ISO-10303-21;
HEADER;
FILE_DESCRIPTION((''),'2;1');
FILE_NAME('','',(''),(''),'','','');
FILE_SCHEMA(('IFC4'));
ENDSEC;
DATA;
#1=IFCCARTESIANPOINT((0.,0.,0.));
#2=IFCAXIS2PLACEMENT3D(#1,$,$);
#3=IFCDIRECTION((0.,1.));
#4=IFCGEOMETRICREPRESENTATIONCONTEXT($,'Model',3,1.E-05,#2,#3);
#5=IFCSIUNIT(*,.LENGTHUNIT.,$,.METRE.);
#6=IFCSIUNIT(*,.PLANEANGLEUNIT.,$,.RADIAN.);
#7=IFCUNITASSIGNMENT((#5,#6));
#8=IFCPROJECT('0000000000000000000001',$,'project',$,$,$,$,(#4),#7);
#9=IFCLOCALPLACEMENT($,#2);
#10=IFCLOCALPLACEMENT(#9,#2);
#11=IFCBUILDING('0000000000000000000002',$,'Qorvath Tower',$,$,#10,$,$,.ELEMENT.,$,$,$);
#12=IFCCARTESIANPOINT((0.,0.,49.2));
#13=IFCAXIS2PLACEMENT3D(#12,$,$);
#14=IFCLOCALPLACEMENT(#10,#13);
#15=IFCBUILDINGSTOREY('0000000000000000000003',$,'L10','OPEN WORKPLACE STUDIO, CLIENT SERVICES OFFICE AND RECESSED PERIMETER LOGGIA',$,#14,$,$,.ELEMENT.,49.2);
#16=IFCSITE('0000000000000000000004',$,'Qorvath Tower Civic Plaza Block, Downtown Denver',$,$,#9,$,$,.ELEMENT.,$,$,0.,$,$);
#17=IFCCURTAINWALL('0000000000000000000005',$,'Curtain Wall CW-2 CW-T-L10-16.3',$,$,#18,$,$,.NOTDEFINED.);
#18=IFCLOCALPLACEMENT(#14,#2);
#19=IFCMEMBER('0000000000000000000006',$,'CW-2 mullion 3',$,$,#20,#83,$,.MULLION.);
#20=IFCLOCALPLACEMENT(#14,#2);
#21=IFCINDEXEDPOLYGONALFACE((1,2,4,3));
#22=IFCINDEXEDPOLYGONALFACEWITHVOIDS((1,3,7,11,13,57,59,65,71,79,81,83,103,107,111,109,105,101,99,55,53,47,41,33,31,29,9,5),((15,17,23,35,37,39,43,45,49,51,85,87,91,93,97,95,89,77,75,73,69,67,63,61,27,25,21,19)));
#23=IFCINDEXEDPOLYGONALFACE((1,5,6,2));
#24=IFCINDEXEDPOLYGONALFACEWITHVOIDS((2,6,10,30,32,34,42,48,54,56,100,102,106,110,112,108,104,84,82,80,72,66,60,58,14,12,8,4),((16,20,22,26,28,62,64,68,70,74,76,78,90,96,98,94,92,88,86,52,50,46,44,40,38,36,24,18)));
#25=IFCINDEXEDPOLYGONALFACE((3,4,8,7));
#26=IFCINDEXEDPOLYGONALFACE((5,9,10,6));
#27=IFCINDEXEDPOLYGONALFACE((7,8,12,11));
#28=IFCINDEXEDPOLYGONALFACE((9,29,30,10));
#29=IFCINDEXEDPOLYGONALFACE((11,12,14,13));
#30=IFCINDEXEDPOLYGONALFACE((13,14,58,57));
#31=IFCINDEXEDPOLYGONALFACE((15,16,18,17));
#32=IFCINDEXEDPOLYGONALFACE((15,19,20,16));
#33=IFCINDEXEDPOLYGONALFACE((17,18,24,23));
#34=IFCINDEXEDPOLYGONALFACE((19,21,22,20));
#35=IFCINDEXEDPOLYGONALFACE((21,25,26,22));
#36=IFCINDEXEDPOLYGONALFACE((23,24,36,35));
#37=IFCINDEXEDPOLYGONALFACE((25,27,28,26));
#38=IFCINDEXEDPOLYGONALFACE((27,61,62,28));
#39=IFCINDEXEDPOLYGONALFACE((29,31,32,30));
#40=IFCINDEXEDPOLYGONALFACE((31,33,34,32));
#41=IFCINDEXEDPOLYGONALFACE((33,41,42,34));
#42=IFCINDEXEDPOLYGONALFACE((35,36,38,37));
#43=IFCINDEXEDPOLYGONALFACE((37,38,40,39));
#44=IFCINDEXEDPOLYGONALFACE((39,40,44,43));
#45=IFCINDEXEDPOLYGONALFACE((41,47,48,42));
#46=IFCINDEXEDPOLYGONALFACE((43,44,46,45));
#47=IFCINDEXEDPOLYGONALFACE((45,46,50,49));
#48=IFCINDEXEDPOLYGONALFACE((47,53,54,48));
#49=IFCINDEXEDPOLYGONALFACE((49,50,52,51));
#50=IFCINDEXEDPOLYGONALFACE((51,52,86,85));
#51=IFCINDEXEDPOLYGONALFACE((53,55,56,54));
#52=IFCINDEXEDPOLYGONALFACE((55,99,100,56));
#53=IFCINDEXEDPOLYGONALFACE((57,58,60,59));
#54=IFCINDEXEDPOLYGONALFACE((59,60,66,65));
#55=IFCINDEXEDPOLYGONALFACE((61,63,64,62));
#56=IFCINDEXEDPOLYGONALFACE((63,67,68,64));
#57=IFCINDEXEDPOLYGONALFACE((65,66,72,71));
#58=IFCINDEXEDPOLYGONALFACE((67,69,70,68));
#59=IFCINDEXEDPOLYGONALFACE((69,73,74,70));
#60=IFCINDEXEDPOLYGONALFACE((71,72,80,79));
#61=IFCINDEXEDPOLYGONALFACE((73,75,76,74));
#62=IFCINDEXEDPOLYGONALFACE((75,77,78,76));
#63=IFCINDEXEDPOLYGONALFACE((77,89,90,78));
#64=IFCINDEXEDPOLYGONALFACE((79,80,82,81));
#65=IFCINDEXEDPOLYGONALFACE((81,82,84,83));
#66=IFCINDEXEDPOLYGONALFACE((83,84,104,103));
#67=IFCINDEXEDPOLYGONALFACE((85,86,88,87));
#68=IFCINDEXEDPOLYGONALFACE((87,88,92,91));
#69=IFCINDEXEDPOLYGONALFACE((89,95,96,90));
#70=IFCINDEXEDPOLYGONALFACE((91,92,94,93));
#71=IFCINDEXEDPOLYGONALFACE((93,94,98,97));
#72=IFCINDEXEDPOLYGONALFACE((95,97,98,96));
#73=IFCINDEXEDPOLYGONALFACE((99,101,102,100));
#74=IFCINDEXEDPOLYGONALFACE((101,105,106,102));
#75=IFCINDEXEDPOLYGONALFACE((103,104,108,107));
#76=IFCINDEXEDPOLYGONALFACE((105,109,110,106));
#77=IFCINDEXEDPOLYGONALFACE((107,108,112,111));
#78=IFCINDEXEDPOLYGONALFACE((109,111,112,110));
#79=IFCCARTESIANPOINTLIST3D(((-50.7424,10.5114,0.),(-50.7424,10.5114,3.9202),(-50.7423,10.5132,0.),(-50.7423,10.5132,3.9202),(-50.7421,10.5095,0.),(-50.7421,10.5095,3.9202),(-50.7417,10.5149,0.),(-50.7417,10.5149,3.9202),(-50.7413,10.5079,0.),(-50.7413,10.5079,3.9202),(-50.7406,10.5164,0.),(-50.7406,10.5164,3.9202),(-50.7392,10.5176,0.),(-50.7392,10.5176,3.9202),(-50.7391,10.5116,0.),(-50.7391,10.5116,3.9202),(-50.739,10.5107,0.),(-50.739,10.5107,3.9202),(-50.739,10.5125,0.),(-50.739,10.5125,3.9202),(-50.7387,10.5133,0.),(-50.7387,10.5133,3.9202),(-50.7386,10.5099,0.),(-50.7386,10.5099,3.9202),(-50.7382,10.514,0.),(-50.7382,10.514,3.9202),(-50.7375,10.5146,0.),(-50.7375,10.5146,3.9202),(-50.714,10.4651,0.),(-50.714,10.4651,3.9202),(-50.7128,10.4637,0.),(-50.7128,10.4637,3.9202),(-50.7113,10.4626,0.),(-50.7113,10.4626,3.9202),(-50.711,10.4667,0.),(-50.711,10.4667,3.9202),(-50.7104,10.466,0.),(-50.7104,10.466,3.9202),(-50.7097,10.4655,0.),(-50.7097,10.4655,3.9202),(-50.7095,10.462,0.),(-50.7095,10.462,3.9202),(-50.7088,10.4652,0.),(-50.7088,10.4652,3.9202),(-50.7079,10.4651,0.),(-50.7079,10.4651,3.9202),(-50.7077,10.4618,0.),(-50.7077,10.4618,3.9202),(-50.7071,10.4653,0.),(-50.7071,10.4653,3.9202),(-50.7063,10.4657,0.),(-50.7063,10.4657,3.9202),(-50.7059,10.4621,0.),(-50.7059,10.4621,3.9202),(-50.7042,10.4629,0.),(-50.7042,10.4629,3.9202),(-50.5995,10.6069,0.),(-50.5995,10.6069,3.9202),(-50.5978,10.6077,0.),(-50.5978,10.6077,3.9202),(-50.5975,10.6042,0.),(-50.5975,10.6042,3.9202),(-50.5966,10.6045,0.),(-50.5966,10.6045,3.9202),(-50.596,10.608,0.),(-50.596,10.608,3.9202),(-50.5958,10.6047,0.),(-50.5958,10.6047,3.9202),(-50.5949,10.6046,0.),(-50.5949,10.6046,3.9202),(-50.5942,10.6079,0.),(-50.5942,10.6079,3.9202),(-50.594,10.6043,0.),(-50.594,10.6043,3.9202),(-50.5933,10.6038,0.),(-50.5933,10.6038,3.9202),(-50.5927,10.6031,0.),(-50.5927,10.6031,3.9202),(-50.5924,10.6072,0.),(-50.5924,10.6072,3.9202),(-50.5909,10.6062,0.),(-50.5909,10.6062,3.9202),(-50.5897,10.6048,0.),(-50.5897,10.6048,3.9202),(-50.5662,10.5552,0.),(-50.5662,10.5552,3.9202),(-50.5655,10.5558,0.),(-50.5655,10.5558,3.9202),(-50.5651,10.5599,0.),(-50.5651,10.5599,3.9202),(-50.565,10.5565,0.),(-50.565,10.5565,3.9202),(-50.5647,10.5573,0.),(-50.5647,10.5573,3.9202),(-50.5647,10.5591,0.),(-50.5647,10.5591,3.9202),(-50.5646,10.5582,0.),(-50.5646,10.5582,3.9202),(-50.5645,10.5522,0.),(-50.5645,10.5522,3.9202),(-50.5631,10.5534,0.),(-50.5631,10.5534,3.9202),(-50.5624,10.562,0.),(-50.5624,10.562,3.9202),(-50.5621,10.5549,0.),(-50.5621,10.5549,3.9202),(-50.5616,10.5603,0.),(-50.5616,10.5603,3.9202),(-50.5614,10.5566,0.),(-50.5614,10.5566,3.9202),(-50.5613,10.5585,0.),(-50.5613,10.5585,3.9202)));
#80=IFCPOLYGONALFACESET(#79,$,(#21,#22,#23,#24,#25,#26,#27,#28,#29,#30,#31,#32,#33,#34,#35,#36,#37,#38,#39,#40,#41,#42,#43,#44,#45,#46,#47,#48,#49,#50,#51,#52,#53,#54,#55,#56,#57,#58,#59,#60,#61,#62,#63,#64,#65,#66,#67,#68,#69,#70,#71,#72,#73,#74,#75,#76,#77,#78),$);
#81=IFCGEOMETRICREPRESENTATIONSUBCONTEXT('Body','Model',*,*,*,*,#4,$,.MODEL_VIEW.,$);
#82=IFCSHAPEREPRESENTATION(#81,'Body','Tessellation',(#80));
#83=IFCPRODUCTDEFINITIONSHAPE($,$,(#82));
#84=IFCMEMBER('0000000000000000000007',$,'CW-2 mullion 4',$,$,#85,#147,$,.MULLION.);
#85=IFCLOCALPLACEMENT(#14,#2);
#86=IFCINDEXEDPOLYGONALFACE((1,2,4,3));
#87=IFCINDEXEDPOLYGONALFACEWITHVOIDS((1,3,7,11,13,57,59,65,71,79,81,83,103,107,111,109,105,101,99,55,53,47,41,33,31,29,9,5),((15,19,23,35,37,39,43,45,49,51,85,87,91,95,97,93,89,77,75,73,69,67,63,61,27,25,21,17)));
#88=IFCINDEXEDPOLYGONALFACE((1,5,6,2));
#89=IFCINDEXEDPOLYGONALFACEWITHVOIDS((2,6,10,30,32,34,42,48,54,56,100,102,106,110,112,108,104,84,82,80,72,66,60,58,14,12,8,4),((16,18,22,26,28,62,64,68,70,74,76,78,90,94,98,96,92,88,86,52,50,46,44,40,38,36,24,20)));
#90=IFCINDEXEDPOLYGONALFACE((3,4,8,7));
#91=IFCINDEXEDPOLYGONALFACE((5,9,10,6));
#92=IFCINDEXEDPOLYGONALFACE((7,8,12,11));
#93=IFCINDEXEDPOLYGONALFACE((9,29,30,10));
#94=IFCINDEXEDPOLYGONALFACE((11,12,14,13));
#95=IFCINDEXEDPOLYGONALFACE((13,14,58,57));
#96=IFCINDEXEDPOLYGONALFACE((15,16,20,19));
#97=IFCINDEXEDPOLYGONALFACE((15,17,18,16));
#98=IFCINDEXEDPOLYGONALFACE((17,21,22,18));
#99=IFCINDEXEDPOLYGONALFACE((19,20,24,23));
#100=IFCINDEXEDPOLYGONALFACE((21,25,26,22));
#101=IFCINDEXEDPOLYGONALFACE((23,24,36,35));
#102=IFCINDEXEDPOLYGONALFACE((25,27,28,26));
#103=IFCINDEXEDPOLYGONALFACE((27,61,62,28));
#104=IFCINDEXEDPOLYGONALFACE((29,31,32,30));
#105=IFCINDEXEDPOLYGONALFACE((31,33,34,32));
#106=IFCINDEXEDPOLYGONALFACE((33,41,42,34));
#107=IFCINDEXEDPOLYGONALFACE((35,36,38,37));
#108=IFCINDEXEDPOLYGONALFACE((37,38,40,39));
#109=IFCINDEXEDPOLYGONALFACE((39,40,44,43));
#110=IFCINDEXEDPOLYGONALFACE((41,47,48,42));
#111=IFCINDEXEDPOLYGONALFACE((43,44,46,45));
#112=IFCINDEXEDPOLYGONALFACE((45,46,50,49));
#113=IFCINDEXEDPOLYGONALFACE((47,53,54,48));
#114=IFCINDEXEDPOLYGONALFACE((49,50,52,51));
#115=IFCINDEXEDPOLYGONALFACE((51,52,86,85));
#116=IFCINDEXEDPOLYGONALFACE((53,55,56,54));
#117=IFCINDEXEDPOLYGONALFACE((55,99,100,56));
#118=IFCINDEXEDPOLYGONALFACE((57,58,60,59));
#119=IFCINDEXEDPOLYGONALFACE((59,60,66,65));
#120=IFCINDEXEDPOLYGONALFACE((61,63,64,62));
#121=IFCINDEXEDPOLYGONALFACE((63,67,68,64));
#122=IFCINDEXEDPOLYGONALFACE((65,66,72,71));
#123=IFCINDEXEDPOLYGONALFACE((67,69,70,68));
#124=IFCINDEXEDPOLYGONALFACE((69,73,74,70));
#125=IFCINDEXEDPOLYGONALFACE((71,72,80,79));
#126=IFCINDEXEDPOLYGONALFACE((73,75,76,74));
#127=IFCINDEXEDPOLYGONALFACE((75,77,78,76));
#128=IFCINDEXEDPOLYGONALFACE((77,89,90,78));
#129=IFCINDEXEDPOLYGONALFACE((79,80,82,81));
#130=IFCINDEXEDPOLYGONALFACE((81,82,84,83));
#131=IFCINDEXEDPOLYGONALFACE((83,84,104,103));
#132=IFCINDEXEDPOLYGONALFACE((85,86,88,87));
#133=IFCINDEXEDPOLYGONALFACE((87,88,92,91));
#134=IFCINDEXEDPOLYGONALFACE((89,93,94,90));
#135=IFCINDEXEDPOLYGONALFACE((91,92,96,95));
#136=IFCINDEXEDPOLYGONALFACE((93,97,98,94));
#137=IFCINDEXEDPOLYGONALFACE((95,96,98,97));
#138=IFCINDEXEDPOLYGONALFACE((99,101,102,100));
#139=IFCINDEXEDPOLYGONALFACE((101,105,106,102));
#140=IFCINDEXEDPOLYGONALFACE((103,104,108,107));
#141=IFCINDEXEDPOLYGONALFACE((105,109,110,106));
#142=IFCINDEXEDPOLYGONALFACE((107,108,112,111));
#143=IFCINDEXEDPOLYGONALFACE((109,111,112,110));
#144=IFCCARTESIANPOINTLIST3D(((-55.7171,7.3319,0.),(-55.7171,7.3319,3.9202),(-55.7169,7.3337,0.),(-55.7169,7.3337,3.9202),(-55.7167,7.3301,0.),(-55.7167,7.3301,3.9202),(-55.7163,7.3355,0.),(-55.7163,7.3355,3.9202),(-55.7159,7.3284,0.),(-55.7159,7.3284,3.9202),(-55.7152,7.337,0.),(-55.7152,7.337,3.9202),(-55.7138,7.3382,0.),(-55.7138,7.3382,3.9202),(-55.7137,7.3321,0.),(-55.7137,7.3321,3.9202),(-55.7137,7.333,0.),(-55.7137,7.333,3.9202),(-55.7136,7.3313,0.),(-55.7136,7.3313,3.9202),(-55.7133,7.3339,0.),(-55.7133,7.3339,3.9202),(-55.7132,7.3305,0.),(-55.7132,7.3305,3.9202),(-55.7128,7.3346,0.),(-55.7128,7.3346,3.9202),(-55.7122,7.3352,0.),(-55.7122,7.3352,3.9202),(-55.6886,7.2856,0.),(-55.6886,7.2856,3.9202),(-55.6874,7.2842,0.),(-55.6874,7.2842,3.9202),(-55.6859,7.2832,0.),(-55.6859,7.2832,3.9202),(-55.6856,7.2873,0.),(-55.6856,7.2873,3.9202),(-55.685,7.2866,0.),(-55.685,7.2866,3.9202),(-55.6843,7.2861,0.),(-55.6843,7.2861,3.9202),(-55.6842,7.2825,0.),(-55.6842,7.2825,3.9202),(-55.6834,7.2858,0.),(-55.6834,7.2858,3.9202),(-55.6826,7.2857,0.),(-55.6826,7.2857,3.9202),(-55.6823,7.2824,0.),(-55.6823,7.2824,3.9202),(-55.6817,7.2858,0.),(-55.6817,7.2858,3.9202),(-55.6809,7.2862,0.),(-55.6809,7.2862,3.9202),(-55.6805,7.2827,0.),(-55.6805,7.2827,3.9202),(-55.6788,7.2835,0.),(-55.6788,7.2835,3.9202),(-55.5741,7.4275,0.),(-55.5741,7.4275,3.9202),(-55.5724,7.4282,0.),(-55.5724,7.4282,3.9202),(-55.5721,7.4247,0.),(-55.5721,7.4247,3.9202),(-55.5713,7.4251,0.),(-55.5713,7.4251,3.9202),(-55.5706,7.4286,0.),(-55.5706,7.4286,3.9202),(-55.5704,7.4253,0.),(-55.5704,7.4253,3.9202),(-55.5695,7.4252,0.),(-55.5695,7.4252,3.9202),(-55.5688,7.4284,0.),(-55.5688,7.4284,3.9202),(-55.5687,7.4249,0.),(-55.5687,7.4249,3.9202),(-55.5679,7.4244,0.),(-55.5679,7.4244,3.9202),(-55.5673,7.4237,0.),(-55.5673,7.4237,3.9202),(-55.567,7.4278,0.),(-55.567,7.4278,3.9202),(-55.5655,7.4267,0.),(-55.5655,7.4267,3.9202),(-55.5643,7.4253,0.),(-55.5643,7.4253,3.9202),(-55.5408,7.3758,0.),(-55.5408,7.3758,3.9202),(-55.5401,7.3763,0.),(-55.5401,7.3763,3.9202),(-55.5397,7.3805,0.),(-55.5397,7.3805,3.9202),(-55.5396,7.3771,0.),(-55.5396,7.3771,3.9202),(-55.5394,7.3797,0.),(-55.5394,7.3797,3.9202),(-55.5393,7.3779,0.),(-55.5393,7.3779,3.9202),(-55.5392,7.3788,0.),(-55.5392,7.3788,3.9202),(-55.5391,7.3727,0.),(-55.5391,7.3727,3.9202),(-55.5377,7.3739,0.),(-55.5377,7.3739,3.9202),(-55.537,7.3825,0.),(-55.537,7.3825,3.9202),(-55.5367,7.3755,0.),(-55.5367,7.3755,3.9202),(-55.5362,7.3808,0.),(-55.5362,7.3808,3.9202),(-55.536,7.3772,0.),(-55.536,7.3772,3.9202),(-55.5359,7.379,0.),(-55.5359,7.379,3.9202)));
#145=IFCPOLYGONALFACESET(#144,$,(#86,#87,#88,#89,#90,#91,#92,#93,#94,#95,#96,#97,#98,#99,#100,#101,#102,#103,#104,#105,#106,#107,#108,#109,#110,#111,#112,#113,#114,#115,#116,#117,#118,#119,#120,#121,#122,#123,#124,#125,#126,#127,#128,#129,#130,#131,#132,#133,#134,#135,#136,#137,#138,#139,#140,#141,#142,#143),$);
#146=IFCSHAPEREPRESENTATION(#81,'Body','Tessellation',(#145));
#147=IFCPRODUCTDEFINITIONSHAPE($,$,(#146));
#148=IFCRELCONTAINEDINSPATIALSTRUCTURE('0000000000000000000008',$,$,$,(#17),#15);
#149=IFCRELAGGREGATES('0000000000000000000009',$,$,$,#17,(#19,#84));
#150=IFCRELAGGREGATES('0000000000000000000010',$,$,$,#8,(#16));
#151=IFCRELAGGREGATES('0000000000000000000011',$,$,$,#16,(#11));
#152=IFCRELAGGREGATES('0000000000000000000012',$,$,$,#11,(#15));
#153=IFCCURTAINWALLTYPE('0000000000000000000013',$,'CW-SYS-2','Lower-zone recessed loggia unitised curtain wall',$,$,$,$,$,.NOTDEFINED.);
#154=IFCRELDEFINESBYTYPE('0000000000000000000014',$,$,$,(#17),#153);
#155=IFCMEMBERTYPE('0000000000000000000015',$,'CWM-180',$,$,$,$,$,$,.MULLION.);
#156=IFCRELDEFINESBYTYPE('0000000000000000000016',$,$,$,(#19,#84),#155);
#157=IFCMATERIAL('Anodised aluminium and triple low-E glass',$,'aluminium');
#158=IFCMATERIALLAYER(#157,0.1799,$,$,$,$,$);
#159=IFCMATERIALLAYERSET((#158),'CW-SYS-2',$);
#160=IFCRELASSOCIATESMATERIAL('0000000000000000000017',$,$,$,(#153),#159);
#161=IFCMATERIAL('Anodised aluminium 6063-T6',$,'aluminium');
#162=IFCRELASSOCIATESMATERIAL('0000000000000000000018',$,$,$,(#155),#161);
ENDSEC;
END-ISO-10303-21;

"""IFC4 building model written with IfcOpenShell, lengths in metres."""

from ifc_helpers import new_model, si_unit, direction, frame, origin, origin_2d, place, context, subcontext, project, spatial, hollow_rectangle, extrude, material, layer, layer_set, material_profile, profile_set, type_object, element, aggregate, save


model = new_model("IFC4")

# Units and contexts
model_context = context("Model", 3, precision=1e-05, world=origin(), true_north=direction((0.0, 1.0)))
body_context = subcontext(model_context, "Body", "Model", "MODEL_VIEW")
ifc_project = project(units=[si_unit("LENGTHUNIT", "METRE"), si_unit("PLANEANGLEUNIT", "RADIAN")], contexts=[model_context])

# Site, building, storey
site_placement = place(None, origin())
site = spatial("IfcSite", under=ifc_project, at=site_placement, Name="Qorvath Tower Civic Plaza Block, Downtown Denver", CompositionType="ELEMENT", RefElevation=0.0)
building_placement = place(site_placement, origin())
building = spatial("IfcBuilding", under=site, at=building_placement, Name="Qorvath Tower", CompositionType="ELEMENT")
storey_placement = place(building_placement, frame((0.0, 0.0, 49.2)))
storey = spatial("IfcBuildingStorey", under=building, at=storey_placement, Name="L10", Description="OPEN WORKPLACE STUDIO, CLIENT SERVICES OFFICE AND RECESSED PERIMETER LOGGIA", CompositionType="ELEMENT", Elevation=49.2)

# Curtain wall, members
ifc_material_1 = material(Name="Anodised aluminium and triple low-E glass", Category="aluminium")
ifc_layer_1 = layer(ifc_material_1, 0.1799)
ifc_layer_set_1 = layer_set([ifc_layer_1], Name="CW-SYS-2")
curtain_wall_type = type_object("IfcCurtainWallType", Name="CW-SYS-2", Description="Lower-zone recessed loggia unitised curtain wall", PredefinedType="NOTDEFINED", material=ifc_layer_set_1)
curtain_wall_placement = place(storey_placement, origin())
curtain_wall = element("IfcCurtainWall", 1, at=curtain_wall_placement, inside=storey, type_object=curtain_wall_type, Name="Curtain Wall CW-2 CW-T-L10-16.3", PredefinedType="NOTDEFINED")
ifc_material_2 = material(Name="Anodised aluminium 6063-T6", Category="aluminium")
ifc_material_profile_1 = material_profile(ifc_material_2, hollow_rectangle(XDim=0.0649, YDim=0.1799, WallThickness=0.0034, InnerFilletRadius=0.0034, OuterFilletRadius=0.0071, at=origin_2d()), Name="CWM 180x65")
ifc_profile_set_1 = profile_set([ifc_material_profile_1], Name="Anodised aluminium 6063-T6")
member_type_1 = type_object("IfcMemberType", Name="CWM-180", PredefinedType="MULLION", material=ifc_profile_set_1)
member_1_placement = place(storey_placement, frame((-50.6519, 10.5349, 0.0), z_axis=(0.0, 0.0, 1.0), x_axis=(0.538532, -0.842605, 0.0)))
member_1 = element("IfcMember", 2, at=member_1_placement, type_object=member_type_1, Name="CW-2 mullion 3", PredefinedType="MULLION", context=body_context, shape_type="SweptSolid", body=[
    extrude(hollow_rectangle(XDim=0.0649, YDim=0.1799, WallThickness=0.0034, InnerFilletRadius=0.0034, OuterFilletRadius=0.0071, at=origin_2d()), origin(), (0.0, 0.0, 1.0), 3.9202),
])
member_2_placement = place(storey_placement, frame((-55.6265, 7.3555, 0.0), z_axis=(0.0, 0.0, 1.0), x_axis=(0.538532, -0.842605, 0.0)))
member_2 = element("IfcMember", 3, at=member_2_placement, type_object=member_type_1, Name="CW-2 mullion 4", PredefinedType="MULLION", context=body_context, shape_type="SweptSolid", body=[
    extrude(hollow_rectangle(XDim=0.0649, YDim=0.1799, WallThickness=0.0034, InnerFilletRadius=0.0034, OuterFilletRadius=0.0071, at=origin_2d()), origin(), (0.0, 0.0, 1.0), 3.9202),
])

aggregate(curtain_wall, [member_1, member_2])

save(model, "model.ifc")
